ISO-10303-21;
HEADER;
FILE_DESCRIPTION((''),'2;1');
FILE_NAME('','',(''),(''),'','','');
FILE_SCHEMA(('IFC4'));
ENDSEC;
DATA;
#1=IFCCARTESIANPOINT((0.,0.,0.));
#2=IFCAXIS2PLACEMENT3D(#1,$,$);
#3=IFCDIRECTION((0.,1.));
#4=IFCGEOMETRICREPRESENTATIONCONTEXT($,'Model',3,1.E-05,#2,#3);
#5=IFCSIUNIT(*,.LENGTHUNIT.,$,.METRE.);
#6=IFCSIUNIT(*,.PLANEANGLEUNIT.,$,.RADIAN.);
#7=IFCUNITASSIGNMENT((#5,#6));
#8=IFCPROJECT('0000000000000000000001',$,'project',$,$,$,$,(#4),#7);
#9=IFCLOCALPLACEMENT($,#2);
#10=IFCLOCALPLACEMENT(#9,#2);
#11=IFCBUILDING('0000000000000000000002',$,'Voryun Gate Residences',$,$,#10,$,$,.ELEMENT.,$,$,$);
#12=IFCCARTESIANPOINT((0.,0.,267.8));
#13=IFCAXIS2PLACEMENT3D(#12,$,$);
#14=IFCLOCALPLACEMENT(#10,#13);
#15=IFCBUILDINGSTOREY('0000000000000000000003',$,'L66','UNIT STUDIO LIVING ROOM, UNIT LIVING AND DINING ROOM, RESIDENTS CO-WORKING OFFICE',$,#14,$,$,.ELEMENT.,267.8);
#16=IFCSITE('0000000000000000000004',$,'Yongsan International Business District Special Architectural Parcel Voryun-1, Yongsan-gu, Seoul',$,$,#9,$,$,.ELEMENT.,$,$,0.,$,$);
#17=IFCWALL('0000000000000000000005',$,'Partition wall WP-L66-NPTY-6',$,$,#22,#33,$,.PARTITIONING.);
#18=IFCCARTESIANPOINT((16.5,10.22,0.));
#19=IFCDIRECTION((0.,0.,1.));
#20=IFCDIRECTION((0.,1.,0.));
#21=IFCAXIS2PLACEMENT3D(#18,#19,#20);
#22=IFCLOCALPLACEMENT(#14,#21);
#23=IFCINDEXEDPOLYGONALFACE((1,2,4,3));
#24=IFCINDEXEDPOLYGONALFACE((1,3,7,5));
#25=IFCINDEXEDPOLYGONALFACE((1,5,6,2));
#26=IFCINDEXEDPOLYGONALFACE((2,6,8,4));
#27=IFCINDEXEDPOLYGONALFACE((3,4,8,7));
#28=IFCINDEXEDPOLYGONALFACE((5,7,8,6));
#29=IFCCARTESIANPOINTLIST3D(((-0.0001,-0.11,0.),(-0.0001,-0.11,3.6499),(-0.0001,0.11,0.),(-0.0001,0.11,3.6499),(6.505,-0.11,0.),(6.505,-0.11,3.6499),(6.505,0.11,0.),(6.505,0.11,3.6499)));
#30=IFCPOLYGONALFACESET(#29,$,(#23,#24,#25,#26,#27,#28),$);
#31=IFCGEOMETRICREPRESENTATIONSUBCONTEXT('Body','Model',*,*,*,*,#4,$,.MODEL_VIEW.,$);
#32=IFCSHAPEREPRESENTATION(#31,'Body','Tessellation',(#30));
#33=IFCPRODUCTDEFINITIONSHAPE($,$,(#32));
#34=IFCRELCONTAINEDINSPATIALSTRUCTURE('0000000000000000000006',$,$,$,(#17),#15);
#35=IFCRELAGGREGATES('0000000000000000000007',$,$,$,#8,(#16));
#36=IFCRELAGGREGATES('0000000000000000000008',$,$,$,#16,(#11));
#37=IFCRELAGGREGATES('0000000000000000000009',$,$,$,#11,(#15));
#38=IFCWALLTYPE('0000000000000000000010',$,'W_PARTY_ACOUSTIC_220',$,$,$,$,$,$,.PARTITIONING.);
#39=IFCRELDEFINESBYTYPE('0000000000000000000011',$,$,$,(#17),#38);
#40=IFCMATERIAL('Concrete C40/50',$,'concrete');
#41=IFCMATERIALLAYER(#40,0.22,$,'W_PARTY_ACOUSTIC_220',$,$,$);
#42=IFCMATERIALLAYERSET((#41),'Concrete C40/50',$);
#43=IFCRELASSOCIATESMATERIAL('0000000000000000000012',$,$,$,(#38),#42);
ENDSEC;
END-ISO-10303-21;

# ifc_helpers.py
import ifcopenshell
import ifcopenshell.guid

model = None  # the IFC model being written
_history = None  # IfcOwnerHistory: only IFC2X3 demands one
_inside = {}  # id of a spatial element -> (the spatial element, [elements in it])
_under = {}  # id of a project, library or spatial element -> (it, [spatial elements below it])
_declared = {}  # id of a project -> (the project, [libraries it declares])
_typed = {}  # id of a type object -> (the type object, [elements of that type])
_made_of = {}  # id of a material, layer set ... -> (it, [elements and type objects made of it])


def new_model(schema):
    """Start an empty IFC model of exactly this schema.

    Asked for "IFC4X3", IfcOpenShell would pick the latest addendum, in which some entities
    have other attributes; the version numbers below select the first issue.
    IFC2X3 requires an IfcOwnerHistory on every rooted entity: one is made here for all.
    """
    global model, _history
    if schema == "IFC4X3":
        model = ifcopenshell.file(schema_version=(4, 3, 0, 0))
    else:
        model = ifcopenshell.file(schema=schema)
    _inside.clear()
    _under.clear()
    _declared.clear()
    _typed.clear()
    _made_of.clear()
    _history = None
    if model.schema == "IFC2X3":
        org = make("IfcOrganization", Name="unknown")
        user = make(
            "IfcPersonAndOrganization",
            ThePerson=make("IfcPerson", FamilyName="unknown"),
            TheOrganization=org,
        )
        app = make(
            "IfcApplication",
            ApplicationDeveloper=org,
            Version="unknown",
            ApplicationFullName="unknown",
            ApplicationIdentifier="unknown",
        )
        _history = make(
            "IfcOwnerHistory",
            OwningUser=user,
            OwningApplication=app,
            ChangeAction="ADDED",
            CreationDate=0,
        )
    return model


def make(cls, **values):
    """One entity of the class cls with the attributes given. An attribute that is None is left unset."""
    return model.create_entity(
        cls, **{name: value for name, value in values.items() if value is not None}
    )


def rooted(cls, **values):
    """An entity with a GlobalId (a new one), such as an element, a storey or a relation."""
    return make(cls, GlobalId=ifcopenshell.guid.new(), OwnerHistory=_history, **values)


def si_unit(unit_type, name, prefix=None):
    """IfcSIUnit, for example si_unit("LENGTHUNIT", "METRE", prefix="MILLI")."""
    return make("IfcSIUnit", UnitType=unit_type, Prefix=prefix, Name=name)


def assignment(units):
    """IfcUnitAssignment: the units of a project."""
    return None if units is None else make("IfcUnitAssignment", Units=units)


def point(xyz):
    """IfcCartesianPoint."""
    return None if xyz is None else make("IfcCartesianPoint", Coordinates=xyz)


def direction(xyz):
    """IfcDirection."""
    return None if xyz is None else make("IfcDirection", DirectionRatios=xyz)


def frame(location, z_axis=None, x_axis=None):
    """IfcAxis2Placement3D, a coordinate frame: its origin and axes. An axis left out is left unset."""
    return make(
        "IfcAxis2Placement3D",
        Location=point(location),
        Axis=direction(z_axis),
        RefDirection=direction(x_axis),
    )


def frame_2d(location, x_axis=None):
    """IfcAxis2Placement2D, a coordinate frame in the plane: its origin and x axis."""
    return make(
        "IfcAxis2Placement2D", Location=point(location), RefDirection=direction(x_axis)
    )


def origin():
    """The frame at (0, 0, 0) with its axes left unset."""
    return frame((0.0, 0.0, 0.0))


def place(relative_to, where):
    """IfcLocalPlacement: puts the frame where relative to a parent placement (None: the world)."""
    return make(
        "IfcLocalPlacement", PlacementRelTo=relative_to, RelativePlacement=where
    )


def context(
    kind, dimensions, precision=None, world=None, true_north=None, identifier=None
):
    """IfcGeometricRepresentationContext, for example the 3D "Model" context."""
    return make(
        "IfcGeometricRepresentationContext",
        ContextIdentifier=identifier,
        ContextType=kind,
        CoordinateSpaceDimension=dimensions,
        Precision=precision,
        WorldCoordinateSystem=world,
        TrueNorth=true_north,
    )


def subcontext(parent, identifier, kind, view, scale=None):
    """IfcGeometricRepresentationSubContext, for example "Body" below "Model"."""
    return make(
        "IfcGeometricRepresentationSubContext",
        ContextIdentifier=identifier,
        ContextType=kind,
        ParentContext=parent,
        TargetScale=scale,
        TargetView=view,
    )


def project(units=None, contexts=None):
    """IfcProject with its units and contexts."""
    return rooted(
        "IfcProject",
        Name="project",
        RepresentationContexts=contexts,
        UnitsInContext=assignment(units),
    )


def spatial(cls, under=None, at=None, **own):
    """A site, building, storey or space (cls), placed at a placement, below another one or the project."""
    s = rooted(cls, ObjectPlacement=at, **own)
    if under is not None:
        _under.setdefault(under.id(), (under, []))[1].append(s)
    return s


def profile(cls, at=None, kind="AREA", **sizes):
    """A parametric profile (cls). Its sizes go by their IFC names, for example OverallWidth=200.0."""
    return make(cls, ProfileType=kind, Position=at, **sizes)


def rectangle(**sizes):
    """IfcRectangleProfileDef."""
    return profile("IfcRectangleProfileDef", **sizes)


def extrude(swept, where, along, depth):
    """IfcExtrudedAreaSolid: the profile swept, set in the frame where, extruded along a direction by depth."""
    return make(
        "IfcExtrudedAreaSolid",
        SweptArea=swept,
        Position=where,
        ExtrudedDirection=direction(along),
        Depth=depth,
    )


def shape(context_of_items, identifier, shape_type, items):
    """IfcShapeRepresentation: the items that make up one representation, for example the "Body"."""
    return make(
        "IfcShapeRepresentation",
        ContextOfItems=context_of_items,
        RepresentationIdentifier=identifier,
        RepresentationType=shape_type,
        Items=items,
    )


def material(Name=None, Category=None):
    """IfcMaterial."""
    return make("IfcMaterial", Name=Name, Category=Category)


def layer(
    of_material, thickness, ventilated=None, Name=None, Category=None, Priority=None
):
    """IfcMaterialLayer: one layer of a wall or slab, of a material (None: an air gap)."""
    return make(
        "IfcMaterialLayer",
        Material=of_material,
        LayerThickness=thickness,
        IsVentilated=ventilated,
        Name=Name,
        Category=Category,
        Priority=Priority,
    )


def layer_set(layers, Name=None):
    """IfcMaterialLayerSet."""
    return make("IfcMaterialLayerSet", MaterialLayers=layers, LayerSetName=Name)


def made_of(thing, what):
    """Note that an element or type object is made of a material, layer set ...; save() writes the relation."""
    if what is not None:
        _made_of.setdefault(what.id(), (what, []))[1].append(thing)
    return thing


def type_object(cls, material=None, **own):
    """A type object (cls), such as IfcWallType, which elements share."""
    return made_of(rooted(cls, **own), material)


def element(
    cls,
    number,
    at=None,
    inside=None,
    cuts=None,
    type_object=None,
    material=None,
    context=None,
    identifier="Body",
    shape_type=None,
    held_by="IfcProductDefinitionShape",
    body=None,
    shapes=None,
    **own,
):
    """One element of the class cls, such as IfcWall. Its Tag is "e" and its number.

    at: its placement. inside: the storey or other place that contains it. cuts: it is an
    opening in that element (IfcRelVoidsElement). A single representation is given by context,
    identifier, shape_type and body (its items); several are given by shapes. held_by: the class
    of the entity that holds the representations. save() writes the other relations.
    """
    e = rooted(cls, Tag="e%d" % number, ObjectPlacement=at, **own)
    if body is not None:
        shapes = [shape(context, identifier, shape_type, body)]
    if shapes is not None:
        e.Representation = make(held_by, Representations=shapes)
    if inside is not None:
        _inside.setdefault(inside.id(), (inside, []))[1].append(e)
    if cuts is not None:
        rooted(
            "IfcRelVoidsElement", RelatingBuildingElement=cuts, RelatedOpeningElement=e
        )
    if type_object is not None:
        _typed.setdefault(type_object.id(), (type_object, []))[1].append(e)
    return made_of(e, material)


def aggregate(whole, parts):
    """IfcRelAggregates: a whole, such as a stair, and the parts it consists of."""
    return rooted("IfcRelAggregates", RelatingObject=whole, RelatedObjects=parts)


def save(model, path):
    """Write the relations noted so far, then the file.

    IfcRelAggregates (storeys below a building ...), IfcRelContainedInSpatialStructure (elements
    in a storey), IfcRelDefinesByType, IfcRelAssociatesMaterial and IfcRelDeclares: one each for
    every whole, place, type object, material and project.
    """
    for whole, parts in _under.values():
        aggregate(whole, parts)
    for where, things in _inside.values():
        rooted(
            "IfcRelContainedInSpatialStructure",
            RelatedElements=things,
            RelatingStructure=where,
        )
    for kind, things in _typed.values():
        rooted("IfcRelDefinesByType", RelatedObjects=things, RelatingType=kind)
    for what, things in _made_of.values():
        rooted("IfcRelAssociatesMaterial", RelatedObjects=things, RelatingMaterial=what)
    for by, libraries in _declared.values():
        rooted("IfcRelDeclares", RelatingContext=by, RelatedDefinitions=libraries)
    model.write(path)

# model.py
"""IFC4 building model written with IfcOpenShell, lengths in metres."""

from ifc_helpers import new_model, si_unit, direction, frame, frame_2d, origin, place, context, subcontext, project, spatial, rectangle, extrude, material, layer, layer_set, type_object, element, save


model = new_model("IFC4")

# Units and contexts
model_context = context("Model", 3, precision=1e-05, world=origin(), true_north=direction((0.0, 1.0)))
body_context = subcontext(model_context, "Body", "Model", "MODEL_VIEW")
ifc_project = project(units=[si_unit("LENGTHUNIT", "METRE"), si_unit("PLANEANGLEUNIT", "RADIAN")], contexts=[model_context])

# Site, building, storey
site_placement = place(None, origin())
site = spatial("IfcSite", under=ifc_project, at=site_placement, Name="Yongsan International Business District Special Architectural Parcel Voryun-1, Yongsan-gu, Seoul", CompositionType="ELEMENT", RefElevation=0.0)
building_placement = place(site_placement, origin())
building = spatial("IfcBuilding", under=site, at=building_placement, Name="Voryun Gate Residences", CompositionType="ELEMENT")
storey_placement = place(building_placement, frame((0.0, 0.0, 267.8)))
storey = spatial("IfcBuildingStorey", under=building, at=storey_placement, Name="L66", Description="UNIT STUDIO LIVING ROOM, UNIT LIVING AND DINING ROOM, RESIDENTS CO-WORKING OFFICE", CompositionType="ELEMENT", Elevation=267.8)

# Wall
ifc_material_1 = material(Name="Concrete C40/50", Category="concrete")
ifc_layer_1 = layer(ifc_material_1, 0.22, Name="W_PARTY_ACOUSTIC_220")
ifc_layer_set_1 = layer_set([ifc_layer_1], Name="Concrete C40/50")
wall_type_1 = type_object("IfcWallType", Name="W_PARTY_ACOUSTIC_220", PredefinedType="PARTITIONING", material=ifc_layer_set_1)
wall_1_placement = place(storey_placement, frame((16.5, 10.22, 0.0), z_axis=(0.0, 0.0, 1.0), x_axis=(0.0, 1.0, 0.0)))
element("IfcWall", 1, at=wall_1_placement, inside=storey, type_object=wall_type_1, Name="Partition wall WP-L66-NPTY-6", PredefinedType="PARTITIONING", context=body_context, shape_type="SweptSolid", body=[
    extrude(rectangle(XDim=6.5051, YDim=0.22, at=frame_2d((3.2524, 0.0))), origin(), (0.0, 0.0, 1.0), 3.6499),
])

save(model, "model.ifc")
